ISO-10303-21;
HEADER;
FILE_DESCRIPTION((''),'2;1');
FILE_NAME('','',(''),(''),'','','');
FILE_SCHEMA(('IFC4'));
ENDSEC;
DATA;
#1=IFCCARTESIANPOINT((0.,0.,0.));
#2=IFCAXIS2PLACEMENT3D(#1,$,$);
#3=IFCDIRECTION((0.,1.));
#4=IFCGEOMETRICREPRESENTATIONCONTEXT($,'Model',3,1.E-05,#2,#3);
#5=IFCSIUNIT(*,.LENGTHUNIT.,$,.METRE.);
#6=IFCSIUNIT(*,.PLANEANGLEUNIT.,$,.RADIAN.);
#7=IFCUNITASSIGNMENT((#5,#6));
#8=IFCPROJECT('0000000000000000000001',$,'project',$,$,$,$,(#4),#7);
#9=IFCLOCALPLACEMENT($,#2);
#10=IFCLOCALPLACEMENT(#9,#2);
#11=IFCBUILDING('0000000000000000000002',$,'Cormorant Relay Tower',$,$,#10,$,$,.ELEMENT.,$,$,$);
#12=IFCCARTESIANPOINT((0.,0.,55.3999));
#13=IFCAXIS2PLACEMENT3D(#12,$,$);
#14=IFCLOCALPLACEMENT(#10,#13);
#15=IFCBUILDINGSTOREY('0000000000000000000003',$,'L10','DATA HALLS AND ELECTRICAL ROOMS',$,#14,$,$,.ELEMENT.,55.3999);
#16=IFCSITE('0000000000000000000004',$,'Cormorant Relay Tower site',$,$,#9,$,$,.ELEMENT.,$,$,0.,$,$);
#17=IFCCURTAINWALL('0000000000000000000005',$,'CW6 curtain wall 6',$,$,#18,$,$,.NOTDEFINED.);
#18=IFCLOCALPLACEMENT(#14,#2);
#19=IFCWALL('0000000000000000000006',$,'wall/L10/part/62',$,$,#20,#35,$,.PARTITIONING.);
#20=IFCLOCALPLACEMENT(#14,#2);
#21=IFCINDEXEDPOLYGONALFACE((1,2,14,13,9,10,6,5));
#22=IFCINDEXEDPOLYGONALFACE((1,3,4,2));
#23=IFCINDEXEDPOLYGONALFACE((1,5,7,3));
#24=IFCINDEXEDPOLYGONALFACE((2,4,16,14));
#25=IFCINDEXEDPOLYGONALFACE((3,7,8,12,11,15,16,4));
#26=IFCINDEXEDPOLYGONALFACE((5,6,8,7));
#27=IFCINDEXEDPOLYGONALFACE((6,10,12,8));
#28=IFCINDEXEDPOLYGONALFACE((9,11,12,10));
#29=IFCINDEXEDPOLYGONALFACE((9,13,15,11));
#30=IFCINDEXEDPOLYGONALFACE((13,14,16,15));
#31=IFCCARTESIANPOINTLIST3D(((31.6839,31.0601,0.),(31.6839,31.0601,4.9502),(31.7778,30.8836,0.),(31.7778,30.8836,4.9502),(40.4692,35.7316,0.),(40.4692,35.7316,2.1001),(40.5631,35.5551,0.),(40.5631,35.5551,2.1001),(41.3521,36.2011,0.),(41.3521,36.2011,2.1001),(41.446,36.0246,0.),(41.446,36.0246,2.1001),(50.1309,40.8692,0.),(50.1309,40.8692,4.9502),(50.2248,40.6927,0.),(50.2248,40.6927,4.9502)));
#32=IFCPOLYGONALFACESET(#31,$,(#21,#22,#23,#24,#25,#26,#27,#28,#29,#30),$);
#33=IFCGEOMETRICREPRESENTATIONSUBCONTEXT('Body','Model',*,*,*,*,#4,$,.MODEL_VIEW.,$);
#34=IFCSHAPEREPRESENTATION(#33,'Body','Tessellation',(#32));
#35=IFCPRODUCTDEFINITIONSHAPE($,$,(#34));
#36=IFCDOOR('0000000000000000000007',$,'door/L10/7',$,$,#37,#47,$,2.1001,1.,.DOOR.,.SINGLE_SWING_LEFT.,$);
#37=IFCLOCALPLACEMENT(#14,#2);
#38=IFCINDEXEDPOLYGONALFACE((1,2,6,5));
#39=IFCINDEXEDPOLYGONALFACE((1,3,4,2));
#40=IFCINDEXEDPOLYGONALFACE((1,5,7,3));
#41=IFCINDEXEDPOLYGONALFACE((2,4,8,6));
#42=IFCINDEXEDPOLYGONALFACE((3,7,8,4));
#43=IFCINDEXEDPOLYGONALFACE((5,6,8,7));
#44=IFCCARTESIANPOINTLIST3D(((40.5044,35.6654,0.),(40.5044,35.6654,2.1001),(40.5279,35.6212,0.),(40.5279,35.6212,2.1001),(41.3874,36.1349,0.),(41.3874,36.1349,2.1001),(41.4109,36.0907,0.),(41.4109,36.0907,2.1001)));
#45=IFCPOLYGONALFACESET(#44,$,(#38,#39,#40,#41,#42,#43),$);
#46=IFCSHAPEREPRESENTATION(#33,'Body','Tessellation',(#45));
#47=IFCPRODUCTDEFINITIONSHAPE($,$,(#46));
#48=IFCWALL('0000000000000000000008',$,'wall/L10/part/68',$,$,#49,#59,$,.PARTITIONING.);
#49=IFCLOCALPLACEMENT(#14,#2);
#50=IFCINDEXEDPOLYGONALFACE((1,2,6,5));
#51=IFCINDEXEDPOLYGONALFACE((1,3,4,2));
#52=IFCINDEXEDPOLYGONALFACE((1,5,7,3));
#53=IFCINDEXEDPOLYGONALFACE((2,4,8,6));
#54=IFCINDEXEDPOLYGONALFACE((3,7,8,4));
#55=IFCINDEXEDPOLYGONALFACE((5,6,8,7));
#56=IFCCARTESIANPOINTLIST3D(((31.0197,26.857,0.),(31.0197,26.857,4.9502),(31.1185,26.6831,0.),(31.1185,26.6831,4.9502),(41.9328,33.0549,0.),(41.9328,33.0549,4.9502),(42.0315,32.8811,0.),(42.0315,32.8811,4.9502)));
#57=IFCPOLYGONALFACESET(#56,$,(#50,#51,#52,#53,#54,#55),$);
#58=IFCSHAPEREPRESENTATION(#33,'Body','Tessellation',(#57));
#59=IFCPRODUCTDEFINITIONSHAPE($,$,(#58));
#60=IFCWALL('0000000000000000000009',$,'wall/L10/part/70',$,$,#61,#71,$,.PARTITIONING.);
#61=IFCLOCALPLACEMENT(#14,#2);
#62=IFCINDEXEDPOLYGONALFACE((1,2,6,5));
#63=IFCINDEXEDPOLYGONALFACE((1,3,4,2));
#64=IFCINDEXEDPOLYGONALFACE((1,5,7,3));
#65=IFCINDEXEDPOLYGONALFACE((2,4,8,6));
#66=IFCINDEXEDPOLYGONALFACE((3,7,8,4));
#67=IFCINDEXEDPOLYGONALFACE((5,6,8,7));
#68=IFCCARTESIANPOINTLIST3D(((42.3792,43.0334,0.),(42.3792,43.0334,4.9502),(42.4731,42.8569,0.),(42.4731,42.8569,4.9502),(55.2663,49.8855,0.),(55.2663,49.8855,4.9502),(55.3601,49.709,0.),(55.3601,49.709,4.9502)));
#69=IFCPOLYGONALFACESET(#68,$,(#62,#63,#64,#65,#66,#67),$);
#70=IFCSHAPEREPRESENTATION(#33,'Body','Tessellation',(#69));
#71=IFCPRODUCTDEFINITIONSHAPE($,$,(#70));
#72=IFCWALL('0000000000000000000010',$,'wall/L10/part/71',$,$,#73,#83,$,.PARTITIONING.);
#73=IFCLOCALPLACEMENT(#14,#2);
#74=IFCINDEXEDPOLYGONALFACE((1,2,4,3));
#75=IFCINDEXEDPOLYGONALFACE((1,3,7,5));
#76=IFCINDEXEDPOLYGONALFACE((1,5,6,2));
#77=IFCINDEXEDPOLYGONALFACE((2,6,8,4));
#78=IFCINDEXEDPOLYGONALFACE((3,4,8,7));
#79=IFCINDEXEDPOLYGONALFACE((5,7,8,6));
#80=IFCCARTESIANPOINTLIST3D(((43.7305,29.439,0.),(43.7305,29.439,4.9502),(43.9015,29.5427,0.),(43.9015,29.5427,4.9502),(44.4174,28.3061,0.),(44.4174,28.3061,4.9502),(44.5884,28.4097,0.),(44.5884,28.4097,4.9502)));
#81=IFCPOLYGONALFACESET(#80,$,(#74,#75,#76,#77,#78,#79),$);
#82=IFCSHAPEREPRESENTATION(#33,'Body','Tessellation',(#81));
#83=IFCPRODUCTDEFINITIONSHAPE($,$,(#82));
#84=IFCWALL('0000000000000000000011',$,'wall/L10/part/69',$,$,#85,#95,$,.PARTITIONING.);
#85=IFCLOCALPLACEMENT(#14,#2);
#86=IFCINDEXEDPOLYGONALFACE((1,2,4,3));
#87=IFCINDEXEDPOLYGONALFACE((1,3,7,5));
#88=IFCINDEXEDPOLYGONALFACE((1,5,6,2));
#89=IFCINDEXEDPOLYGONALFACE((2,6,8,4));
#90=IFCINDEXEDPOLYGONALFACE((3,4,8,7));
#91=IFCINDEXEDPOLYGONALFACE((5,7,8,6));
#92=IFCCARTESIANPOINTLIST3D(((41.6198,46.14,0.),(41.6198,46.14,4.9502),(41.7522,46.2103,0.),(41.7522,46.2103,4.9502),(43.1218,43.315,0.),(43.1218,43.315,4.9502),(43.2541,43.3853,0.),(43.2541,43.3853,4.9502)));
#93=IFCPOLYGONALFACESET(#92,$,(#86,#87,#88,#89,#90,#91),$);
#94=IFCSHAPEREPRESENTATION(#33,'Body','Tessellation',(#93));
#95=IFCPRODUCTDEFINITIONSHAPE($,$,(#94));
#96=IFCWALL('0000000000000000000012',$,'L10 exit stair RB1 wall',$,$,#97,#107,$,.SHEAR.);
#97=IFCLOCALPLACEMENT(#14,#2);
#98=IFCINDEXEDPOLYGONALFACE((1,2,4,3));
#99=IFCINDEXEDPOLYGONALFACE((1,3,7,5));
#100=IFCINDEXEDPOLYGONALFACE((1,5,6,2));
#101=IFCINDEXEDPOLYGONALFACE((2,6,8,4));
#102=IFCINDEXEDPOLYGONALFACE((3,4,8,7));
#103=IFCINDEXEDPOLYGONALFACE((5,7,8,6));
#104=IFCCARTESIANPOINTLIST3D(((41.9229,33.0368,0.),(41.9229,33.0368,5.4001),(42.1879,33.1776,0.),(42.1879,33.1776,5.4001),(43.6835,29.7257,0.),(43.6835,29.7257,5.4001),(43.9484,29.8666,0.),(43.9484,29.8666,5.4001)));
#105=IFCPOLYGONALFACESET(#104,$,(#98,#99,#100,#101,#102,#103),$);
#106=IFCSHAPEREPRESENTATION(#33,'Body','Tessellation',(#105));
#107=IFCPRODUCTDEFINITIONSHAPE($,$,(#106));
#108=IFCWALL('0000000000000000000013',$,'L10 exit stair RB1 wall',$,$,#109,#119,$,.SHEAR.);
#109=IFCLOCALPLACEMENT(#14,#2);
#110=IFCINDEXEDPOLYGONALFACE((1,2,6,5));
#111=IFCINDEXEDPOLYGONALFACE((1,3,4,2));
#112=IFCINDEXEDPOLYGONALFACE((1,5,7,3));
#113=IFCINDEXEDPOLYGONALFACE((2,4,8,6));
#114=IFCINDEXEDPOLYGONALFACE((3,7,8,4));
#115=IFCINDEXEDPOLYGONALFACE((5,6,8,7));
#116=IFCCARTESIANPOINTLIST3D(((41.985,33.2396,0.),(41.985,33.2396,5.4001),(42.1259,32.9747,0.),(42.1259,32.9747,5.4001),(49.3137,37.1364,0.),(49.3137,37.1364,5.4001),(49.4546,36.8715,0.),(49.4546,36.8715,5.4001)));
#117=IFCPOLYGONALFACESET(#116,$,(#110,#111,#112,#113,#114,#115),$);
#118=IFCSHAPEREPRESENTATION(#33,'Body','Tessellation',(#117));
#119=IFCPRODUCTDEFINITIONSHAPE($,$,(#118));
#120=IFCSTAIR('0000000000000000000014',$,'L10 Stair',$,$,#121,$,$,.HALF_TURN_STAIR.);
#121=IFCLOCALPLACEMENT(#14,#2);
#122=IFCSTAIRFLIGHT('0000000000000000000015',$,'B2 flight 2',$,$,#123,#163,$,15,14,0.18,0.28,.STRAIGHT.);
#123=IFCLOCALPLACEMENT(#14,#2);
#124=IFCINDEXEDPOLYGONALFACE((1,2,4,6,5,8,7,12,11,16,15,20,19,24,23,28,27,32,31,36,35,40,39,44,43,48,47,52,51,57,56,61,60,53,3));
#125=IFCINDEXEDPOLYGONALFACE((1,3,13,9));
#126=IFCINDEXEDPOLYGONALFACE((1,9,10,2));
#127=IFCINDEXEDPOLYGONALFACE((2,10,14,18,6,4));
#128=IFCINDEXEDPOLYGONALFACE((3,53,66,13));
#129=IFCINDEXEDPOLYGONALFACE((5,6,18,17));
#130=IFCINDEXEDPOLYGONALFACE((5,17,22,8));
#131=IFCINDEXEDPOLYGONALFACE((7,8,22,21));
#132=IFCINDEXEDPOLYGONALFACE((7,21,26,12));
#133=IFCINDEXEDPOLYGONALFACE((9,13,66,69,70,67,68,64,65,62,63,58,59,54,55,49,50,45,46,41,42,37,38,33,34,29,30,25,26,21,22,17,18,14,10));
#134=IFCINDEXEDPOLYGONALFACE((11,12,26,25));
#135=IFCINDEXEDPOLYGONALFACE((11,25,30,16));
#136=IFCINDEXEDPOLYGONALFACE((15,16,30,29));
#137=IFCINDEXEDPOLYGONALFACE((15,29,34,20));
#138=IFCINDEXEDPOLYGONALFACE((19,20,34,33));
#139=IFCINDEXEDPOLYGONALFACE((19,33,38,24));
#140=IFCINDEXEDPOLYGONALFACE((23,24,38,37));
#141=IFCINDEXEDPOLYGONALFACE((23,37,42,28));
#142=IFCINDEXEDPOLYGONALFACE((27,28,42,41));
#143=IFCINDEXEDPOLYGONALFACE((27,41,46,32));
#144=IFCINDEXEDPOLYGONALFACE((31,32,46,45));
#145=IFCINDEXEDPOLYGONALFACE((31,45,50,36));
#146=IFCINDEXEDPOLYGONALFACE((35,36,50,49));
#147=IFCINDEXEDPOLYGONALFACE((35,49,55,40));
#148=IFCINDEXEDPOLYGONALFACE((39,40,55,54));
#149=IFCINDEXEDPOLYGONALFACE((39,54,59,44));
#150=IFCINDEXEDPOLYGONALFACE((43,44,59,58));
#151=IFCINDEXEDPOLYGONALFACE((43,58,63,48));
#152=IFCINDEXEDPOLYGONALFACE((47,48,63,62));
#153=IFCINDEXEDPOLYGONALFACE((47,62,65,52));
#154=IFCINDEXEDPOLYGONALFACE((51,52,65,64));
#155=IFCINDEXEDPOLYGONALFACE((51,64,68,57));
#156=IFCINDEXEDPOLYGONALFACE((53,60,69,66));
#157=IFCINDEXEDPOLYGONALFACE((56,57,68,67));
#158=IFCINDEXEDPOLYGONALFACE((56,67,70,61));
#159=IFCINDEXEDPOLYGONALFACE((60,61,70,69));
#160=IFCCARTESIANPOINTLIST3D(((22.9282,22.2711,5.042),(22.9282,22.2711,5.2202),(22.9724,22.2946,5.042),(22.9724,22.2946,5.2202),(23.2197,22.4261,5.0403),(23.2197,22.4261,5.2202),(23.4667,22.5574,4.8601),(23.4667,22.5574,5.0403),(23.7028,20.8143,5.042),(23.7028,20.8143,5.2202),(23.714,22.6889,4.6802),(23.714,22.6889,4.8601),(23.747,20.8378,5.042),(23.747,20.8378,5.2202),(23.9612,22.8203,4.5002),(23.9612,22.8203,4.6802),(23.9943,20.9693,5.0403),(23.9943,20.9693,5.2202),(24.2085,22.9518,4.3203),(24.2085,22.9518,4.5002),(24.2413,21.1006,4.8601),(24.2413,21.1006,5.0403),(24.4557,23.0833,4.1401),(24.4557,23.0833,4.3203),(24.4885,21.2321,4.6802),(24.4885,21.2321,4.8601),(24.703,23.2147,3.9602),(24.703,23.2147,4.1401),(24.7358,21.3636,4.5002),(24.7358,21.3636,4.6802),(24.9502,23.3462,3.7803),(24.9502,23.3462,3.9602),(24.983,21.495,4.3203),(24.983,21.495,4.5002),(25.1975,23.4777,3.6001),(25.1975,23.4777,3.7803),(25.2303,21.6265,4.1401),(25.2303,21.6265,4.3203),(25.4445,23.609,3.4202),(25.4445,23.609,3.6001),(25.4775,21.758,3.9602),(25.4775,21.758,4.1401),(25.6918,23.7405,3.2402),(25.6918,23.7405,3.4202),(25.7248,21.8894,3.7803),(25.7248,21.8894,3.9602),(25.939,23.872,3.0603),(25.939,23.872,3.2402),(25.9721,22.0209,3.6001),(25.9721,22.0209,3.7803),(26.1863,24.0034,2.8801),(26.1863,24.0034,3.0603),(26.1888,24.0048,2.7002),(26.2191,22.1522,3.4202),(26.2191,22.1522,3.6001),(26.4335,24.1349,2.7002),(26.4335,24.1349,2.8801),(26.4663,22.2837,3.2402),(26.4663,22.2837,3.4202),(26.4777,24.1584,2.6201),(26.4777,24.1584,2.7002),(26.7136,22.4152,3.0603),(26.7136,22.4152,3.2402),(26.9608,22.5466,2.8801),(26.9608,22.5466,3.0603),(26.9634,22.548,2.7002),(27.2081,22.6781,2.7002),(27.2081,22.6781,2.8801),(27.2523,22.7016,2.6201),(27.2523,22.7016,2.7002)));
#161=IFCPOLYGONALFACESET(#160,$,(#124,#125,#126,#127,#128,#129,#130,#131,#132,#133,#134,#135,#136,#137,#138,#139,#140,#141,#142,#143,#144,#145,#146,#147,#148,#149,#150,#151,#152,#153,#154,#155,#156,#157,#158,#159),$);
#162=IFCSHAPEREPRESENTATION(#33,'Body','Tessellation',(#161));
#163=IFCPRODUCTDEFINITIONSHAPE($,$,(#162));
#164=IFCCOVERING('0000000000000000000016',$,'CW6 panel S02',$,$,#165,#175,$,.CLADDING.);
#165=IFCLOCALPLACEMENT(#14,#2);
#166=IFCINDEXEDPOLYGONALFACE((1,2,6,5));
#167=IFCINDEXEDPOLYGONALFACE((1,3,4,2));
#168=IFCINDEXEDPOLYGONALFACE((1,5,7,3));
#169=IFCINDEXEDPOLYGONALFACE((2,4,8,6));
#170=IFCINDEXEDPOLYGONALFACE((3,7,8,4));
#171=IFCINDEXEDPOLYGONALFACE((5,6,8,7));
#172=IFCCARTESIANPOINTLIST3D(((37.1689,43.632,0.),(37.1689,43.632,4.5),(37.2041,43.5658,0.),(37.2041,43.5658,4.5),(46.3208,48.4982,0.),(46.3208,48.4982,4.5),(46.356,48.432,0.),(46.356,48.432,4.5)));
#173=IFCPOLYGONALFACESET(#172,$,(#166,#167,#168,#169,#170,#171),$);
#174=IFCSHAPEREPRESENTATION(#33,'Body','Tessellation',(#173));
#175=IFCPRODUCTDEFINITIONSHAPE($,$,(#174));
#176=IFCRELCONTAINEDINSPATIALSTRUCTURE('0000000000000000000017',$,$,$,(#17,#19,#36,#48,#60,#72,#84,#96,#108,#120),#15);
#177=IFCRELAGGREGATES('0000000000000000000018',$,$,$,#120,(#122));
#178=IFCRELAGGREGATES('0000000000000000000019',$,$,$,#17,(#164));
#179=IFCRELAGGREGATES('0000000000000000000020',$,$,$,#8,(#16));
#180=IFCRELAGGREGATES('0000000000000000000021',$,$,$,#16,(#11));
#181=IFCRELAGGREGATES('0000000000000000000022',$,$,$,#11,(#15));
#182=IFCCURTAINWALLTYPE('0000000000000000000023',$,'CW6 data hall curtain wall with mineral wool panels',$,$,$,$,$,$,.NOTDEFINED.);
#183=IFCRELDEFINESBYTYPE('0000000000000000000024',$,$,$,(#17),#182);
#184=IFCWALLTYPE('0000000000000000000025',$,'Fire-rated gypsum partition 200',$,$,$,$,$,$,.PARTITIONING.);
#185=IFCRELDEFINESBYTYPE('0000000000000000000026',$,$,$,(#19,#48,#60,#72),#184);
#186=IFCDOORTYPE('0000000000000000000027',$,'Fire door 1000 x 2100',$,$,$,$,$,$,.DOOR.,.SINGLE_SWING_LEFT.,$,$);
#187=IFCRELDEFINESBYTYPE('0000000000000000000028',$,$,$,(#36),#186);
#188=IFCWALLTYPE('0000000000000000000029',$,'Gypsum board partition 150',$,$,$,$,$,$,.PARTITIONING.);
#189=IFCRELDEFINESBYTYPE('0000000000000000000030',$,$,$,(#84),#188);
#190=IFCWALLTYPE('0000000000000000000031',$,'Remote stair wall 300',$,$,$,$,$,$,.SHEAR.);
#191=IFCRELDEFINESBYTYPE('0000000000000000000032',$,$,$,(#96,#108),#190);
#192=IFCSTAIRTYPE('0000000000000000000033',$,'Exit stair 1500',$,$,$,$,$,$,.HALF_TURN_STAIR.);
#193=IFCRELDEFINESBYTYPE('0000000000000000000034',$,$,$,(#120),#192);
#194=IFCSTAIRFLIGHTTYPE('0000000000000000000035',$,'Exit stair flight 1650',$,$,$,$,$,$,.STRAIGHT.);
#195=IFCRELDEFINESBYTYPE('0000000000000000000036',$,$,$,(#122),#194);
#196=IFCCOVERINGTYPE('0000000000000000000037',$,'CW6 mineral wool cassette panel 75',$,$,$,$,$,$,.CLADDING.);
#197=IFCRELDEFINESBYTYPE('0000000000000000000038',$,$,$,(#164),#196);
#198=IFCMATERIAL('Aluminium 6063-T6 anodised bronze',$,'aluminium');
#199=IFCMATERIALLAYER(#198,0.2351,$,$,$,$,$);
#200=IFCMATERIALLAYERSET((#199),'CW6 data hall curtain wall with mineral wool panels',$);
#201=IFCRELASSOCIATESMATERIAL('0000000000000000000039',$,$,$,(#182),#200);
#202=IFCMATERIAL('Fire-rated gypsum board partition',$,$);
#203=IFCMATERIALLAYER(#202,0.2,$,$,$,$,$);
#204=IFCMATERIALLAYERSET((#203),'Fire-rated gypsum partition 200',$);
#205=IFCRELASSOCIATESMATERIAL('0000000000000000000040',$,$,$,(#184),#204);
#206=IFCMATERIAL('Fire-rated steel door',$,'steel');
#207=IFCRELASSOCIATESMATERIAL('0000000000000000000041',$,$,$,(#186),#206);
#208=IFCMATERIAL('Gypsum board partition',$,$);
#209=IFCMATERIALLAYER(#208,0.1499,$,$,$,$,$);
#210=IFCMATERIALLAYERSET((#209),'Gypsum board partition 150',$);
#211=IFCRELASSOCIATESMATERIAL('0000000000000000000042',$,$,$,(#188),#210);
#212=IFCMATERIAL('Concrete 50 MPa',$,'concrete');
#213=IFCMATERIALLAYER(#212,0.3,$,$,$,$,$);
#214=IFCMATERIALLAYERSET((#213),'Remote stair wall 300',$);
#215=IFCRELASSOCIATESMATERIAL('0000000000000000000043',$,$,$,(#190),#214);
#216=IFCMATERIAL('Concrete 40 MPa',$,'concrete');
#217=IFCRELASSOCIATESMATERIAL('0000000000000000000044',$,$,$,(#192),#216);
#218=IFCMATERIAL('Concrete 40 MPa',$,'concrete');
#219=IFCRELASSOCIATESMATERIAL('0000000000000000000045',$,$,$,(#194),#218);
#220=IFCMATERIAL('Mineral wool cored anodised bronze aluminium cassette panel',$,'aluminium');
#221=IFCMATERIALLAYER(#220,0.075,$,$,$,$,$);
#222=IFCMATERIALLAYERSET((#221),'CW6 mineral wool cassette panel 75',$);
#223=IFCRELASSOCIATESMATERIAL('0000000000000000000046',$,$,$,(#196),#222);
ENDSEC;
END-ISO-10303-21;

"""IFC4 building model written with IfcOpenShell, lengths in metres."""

from ifc_helpers import new_model, si_unit, direction, frame, frame_2d, origin, origin_2d, place, context, subcontext, project, spatial, polyline, rectangle, outline, extrude, material, layer, layer_set, type_object, element, fill, aggregate, save


model = new_model("IFC4")

# Units and contexts
model_context = context("Model", 3, precision=1e-05, world=origin(), true_north=direction((0.0, 1.0)))
body_context = subcontext(model_context, "Body", "Model", "MODEL_VIEW")
ifc_project = project(units=[si_unit("LENGTHUNIT", "METRE"), si_unit("PLANEANGLEUNIT", "RADIAN")], contexts=[model_context])

# Site, building, storey
site_placement = place(None, origin())
site = spatial("IfcSite", under=ifc_project, at=site_placement, Name="Cormorant Relay Tower site", CompositionType="ELEMENT", RefElevation=0.0)
building_placement = place(site_placement, origin())
building = spatial("IfcBuilding", under=site, at=building_placement, Name="Cormorant Relay Tower", CompositionType="ELEMENT")
storey_placement = place(building_placement, frame((0.0, 0.0, 55.3999)))
storey = spatial("IfcBuildingStorey", under=building, at=storey_placement, Name="L10", Description="DATA HALLS AND ELECTRICAL ROOMS", CompositionType="ELEMENT", Elevation=55.3999)

# Curtain wall
ifc_material_1 = material(Name="Aluminium 6063-T6 anodised bronze", Category="aluminium")
ifc_layer_1 = layer(ifc_material_1, 0.2351)
ifc_layer_set_1 = layer_set([ifc_layer_1], Name="CW6 data hall curtain wall with mineral wool panels")
curtain_wall_type = type_object("IfcCurtainWallType", Name="CW6 data hall curtain wall with mineral wool panels", PredefinedType="NOTDEFINED", material=ifc_layer_set_1)
curtain_wall_placement = place(storey_placement, origin())
curtain_wall = element("IfcCurtainWall", 1, at=curtain_wall_placement, inside=storey, type_object=curtain_wall_type, Name="CW6 curtain wall 6", PredefinedType="NOTDEFINED")

# Shared definitions
ifc_material_2 = material(Name="Fire-rated gypsum board partition")
ifc_layer_2 = layer(ifc_material_2, 0.2)
ifc_layer_set_2 = layer_set([ifc_layer_2], Name="Fire-rated gypsum partition 200")
wall_type_1 = type_object("IfcWallType", Name="Fire-rated gypsum partition 200", PredefinedType="PARTITIONING", material=ifc_layer_set_2)

# Wall, opening, door
wall_1_placement = place(storey_placement, frame((31.731, 30.9719, 0.0), z_axis=(0.0, 0.0, 1.0), x_axis=(0.882935, 0.469495, 0.0)))
wall_1 = element("IfcWall", 2, at=wall_1_placement, inside=storey, type_object=wall_type_1, Name="wall/L10/part/62", PredefinedType="PARTITIONING", context=body_context, shape_type="SweptSolid", body=[
    extrude(rectangle(XDim=20.8928, YDim=0.2, at=frame_2d((10.4463, 0.0))), origin(), (0.0, 0.0, 1.0), 4.9502),
])
opening_placement = place(wall_1_placement, frame((9.95, 0.0, 0.0)))
opening = element("IfcOpeningElement", 3, at=opening_placement, cuts=wall_1, PredefinedType="OPENING", context=body_context, shape_type="SweptSolid", body=[
    extrude(rectangle(XDim=1.0, YDim=2.1001, at=frame_2d((0.5, 1.05))), frame((0.0, 0.1099, 0.0), z_axis=(0.0, -1.0, 0.0), x_axis=(1.0, 0.0, 0.0)), (0.0, 0.0, 1.0), 0.22),
])
ifc_material_3 = material(Name="Fire-rated steel door", Category="steel")
door_type = type_object("IfcDoorType", Name="Fire door 1000 x 2100", OperationType="SINGLE_SWING_LEFT", PredefinedType="DOOR", material=ifc_material_3)
door_placement = place(opening_placement, origin())
door = element("IfcDoor", 4, at=door_placement, inside=storey, type_object=door_type, Name="door/L10/7", OperationType="SINGLE_SWING_LEFT", OverallHeight=2.1001, OverallWidth=1.0, PredefinedType="DOOR", context=body_context, shape_type="SweptSolid", body=[
    extrude(rectangle(XDim=1.0, YDim=2.1001, at=frame_2d((0.5, 1.05))), frame((0.0, 0.0249, 0.0), z_axis=(0.0, -1.0, 0.0), x_axis=(1.0, 0.0, 0.0)), (0.0, 0.0, 1.0), 0.05),
])
fill(opening, door)

# Walls
wall_2_placement = place(storey_placement, frame((31.0691, 26.77, 0.0), z_axis=(0.0, 0.0, 1.0), x_axis=(0.869546, 0.493852, 0.0)))
element("IfcWall", 5, at=wall_2_placement, inside=storey, type_object=wall_type_1, Name="wall/L10/part/68", PredefinedType="PARTITIONING", context=body_context, shape_type="SweptSolid", body=[
    extrude(rectangle(XDim=12.5503, YDim=0.2, at=frame_2d((6.2751, 0.0))), origin(), (0.0, 0.0, 1.0), 4.9502),
])
wall_3_placement = place(storey_placement, frame((42.426, 42.9451, 0.0), z_axis=(0.0, 0.0, 1.0), x_axis=(0.88295, 0.469468, 0.0)))
element("IfcWall", 6, at=wall_3_placement, inside=storey, type_object=wall_type_1, Name="wall/L10/part/70", PredefinedType="PARTITIONING", context=body_context, shape_type="SweptSolid", body=[
    extrude(rectangle(XDim=14.5955, YDim=0.2, at=frame_2d((7.2979, 0.0))), origin(), (0.0, 0.0, 1.0), 4.9502),
])
wall_4_placement = place(storey_placement, frame((43.8159, 29.491, 0.0), z_axis=(0.0, 0.0, 1.0), x_axis=(0.518473, -0.855094, 0.0)))
element("IfcWall", 7, at=wall_4_placement, inside=storey, type_object=wall_type_1, Name="wall/L10/part/71", PredefinedType="PARTITIONING", context=body_context, shape_type="SweptSolid", body=[
    extrude(rectangle(XDim=1.325, YDim=0.2, at=frame_2d((0.6626, 0.0))), origin(), (0.0, 0.0, 1.0), 4.9502),
])
ifc_material_4 = material(Name="Gypsum board partition")
ifc_layer_3 = layer(ifc_material_4, 0.1499)
ifc_layer_set_3 = layer_set([ifc_layer_3], Name="Gypsum board partition 150")
wall_type_2 = type_object("IfcWallType", Name="Gypsum board partition 150", PredefinedType="PARTITIONING", material=ifc_layer_set_3)
wall_5_placement = place(storey_placement, frame((41.686, 46.175, 0.0), z_axis=(0.0, 0.0, 1.0), x_axis=(0.469447, -0.882961, 0.0)))
element("IfcWall", 8, at=wall_5_placement, inside=storey, type_object=wall_type_2, Name="wall/L10/part/69", PredefinedType="PARTITIONING", context=body_context, shape_type="SweptSolid", body=[
    extrude(rectangle(XDim=3.1995, YDim=0.1499, at=frame_2d((1.5996, 0.0))), origin(), (0.0, 0.0, 1.0), 4.9502),
])
ifc_material_5 = material(Name="Concrete 50 MPa", Category="concrete")
ifc_layer_4 = layer(ifc_material_5, 0.3)
ifc_layer_set_4 = layer_set([ifc_layer_4], Name="Remote stair wall 300")
wall_type_3 = type_object("IfcWallType", Name="Remote stair wall 300", PredefinedType="SHEAR", material=ifc_layer_set_4)
wall_6_placement = place(storey_placement, frame((43.8159, 29.7961, 0.0), z_axis=(0.0, 0.0, 1.0), x_axis=(-0.469469, 0.882949, 0.0)))
element("IfcWall", 9, at=wall_6_placement, inside=storey, type_object=wall_type_3, Name="L10 exit stair RB1 wall", PredefinedType="SHEAR", context=body_context, shape_type="SweptSolid", body=[
    extrude(rectangle(XDim=3.75, YDim=0.3, at=frame_2d((1.875, 0.0))), origin(), (0.0, 0.0, 1.0), 5.4001),
])
wall_7_placement = place(storey_placement, frame((42.0554, 33.1072, 0.0), z_axis=(0.0, 0.0, 1.0), x_axis=(0.882946, 0.469475, 0.0)))
element("IfcWall", 10, at=wall_7_placement, inside=storey, type_object=wall_type_3, Name="L10 exit stair RB1 wall", PredefinedType="SHEAR", context=body_context, shape_type="SweptSolid", body=[
    extrude(rectangle(XDim=8.3003, YDim=0.3, at=frame_2d((4.1501, 0.0))), origin(), (0.0, 0.0, 1.0), 5.4001),
])

# Stair, stair flight
ifc_material_6 = material(Name="Concrete 40 MPa", Category="concrete")
stair_type = type_object("IfcStairType", Name="Exit stair 1500", PredefinedType="HALF_TURN_STAIR", material=ifc_material_6)
stair_placement = place(storey_placement, origin())
stair = element("IfcStair", 11, at=stair_placement, inside=storey, type_object=stair_type, Name="L10 Stair", PredefinedType="HALF_TURN_STAIR")
ifc_material_7 = material(Name="Concrete 40 MPa", Category="concrete")
stair_flight_type = type_object("IfcStairFlightType", Name="Exit stair flight 1650", PredefinedType="STRAIGHT", material=ifc_material_7)
stair_flight_placement = place(storey_placement, frame((26.8208, 23.4065, 2.7002), z_axis=(0.0, 0.0, 1.0), x_axis=(-0.882948, -0.469472, 0.0)))
stair_flight = element("IfcStairFlight", 12, at=stair_flight_placement, type_object=stair_flight_type, Name="B2 flight 2", NumberOfRisers=15, NumberOfTreads=14, PredefinedType="STRAIGHT", RiserHeight=0.18, TreadLength=0.28, context=body_context, shape_type="SweptSolid", body=[
    extrude(outline(polyline([(-0.05, -0.0801), (-0.05, 0.0), (0.0, 0.0), (0.0, 0.1799), (0.28, 0.1799), (0.28, 0.3601), (0.5601, 0.3601), (0.5601, 0.54), (0.8401, 0.54), (0.8401, 0.72), (1.1201, 0.72), (1.1201, 0.8999), (1.3999, 0.8999), (1.3999, 1.0801), (1.6799, 1.0801), (1.6799, 1.26), (1.96, 1.26), (1.96, 1.4399), (2.24, 1.4399), (2.24, 1.6201), (2.52, 1.6201), (2.52, 1.8), (2.8, 1.8), (2.8, 1.98), (3.0801, 1.98), (3.0801, 2.1599), (3.3601, 2.1599), (3.3601, 2.3401), (3.6399, 2.3401), (3.6399, 2.52), (3.9199, 2.52), (3.97, 2.52), (3.97, 2.3418), (3.9199, 2.3418), (0.2771, 0.0), (-0.05, -0.0801)])), frame((0.0, 0.825, 0.0), z_axis=(0.0, -1.0, 0.0), x_axis=(1.0, 0.0, 0.0)), (0.0, 0.0, 1.0), 1.6499),
])
aggregate(stair, [stair_flight])

# Covering
ifc_material_8 = material(Name="Mineral wool cored anodised bronze aluminium cassette panel", Category="aluminium")
ifc_layer_5 = layer(ifc_material_8, 0.075)
ifc_layer_set_5 = layer_set([ifc_layer_5], Name="CW6 mineral wool cassette panel 75")
covering_type = type_object("IfcCoveringType", Name="CW6 mineral wool cassette panel 75", PredefinedType="CLADDING", material=ifc_layer_set_5)
covering_1_placement = place(storey_placement, frame((41.7625, 46.032, 0.0), z_axis=(0.0, 0.0, 1.0), x_axis=(-0.882948, -0.469472, 0.0)))
covering_1 = element("IfcCovering", 13, at=covering_1_placement, type_object=covering_type, Name="CW6 panel S02", PredefinedType="CLADDING", context=body_context, shape_type="SweptSolid", body=[
    extrude(rectangle(XDim=10.3652, YDim=0.075, at=origin_2d()), origin(), (0.0, 0.0, 1.0), 4.5),
])
aggregate(curtain_wall, [covering_1])

save(model, "model.ifc")
